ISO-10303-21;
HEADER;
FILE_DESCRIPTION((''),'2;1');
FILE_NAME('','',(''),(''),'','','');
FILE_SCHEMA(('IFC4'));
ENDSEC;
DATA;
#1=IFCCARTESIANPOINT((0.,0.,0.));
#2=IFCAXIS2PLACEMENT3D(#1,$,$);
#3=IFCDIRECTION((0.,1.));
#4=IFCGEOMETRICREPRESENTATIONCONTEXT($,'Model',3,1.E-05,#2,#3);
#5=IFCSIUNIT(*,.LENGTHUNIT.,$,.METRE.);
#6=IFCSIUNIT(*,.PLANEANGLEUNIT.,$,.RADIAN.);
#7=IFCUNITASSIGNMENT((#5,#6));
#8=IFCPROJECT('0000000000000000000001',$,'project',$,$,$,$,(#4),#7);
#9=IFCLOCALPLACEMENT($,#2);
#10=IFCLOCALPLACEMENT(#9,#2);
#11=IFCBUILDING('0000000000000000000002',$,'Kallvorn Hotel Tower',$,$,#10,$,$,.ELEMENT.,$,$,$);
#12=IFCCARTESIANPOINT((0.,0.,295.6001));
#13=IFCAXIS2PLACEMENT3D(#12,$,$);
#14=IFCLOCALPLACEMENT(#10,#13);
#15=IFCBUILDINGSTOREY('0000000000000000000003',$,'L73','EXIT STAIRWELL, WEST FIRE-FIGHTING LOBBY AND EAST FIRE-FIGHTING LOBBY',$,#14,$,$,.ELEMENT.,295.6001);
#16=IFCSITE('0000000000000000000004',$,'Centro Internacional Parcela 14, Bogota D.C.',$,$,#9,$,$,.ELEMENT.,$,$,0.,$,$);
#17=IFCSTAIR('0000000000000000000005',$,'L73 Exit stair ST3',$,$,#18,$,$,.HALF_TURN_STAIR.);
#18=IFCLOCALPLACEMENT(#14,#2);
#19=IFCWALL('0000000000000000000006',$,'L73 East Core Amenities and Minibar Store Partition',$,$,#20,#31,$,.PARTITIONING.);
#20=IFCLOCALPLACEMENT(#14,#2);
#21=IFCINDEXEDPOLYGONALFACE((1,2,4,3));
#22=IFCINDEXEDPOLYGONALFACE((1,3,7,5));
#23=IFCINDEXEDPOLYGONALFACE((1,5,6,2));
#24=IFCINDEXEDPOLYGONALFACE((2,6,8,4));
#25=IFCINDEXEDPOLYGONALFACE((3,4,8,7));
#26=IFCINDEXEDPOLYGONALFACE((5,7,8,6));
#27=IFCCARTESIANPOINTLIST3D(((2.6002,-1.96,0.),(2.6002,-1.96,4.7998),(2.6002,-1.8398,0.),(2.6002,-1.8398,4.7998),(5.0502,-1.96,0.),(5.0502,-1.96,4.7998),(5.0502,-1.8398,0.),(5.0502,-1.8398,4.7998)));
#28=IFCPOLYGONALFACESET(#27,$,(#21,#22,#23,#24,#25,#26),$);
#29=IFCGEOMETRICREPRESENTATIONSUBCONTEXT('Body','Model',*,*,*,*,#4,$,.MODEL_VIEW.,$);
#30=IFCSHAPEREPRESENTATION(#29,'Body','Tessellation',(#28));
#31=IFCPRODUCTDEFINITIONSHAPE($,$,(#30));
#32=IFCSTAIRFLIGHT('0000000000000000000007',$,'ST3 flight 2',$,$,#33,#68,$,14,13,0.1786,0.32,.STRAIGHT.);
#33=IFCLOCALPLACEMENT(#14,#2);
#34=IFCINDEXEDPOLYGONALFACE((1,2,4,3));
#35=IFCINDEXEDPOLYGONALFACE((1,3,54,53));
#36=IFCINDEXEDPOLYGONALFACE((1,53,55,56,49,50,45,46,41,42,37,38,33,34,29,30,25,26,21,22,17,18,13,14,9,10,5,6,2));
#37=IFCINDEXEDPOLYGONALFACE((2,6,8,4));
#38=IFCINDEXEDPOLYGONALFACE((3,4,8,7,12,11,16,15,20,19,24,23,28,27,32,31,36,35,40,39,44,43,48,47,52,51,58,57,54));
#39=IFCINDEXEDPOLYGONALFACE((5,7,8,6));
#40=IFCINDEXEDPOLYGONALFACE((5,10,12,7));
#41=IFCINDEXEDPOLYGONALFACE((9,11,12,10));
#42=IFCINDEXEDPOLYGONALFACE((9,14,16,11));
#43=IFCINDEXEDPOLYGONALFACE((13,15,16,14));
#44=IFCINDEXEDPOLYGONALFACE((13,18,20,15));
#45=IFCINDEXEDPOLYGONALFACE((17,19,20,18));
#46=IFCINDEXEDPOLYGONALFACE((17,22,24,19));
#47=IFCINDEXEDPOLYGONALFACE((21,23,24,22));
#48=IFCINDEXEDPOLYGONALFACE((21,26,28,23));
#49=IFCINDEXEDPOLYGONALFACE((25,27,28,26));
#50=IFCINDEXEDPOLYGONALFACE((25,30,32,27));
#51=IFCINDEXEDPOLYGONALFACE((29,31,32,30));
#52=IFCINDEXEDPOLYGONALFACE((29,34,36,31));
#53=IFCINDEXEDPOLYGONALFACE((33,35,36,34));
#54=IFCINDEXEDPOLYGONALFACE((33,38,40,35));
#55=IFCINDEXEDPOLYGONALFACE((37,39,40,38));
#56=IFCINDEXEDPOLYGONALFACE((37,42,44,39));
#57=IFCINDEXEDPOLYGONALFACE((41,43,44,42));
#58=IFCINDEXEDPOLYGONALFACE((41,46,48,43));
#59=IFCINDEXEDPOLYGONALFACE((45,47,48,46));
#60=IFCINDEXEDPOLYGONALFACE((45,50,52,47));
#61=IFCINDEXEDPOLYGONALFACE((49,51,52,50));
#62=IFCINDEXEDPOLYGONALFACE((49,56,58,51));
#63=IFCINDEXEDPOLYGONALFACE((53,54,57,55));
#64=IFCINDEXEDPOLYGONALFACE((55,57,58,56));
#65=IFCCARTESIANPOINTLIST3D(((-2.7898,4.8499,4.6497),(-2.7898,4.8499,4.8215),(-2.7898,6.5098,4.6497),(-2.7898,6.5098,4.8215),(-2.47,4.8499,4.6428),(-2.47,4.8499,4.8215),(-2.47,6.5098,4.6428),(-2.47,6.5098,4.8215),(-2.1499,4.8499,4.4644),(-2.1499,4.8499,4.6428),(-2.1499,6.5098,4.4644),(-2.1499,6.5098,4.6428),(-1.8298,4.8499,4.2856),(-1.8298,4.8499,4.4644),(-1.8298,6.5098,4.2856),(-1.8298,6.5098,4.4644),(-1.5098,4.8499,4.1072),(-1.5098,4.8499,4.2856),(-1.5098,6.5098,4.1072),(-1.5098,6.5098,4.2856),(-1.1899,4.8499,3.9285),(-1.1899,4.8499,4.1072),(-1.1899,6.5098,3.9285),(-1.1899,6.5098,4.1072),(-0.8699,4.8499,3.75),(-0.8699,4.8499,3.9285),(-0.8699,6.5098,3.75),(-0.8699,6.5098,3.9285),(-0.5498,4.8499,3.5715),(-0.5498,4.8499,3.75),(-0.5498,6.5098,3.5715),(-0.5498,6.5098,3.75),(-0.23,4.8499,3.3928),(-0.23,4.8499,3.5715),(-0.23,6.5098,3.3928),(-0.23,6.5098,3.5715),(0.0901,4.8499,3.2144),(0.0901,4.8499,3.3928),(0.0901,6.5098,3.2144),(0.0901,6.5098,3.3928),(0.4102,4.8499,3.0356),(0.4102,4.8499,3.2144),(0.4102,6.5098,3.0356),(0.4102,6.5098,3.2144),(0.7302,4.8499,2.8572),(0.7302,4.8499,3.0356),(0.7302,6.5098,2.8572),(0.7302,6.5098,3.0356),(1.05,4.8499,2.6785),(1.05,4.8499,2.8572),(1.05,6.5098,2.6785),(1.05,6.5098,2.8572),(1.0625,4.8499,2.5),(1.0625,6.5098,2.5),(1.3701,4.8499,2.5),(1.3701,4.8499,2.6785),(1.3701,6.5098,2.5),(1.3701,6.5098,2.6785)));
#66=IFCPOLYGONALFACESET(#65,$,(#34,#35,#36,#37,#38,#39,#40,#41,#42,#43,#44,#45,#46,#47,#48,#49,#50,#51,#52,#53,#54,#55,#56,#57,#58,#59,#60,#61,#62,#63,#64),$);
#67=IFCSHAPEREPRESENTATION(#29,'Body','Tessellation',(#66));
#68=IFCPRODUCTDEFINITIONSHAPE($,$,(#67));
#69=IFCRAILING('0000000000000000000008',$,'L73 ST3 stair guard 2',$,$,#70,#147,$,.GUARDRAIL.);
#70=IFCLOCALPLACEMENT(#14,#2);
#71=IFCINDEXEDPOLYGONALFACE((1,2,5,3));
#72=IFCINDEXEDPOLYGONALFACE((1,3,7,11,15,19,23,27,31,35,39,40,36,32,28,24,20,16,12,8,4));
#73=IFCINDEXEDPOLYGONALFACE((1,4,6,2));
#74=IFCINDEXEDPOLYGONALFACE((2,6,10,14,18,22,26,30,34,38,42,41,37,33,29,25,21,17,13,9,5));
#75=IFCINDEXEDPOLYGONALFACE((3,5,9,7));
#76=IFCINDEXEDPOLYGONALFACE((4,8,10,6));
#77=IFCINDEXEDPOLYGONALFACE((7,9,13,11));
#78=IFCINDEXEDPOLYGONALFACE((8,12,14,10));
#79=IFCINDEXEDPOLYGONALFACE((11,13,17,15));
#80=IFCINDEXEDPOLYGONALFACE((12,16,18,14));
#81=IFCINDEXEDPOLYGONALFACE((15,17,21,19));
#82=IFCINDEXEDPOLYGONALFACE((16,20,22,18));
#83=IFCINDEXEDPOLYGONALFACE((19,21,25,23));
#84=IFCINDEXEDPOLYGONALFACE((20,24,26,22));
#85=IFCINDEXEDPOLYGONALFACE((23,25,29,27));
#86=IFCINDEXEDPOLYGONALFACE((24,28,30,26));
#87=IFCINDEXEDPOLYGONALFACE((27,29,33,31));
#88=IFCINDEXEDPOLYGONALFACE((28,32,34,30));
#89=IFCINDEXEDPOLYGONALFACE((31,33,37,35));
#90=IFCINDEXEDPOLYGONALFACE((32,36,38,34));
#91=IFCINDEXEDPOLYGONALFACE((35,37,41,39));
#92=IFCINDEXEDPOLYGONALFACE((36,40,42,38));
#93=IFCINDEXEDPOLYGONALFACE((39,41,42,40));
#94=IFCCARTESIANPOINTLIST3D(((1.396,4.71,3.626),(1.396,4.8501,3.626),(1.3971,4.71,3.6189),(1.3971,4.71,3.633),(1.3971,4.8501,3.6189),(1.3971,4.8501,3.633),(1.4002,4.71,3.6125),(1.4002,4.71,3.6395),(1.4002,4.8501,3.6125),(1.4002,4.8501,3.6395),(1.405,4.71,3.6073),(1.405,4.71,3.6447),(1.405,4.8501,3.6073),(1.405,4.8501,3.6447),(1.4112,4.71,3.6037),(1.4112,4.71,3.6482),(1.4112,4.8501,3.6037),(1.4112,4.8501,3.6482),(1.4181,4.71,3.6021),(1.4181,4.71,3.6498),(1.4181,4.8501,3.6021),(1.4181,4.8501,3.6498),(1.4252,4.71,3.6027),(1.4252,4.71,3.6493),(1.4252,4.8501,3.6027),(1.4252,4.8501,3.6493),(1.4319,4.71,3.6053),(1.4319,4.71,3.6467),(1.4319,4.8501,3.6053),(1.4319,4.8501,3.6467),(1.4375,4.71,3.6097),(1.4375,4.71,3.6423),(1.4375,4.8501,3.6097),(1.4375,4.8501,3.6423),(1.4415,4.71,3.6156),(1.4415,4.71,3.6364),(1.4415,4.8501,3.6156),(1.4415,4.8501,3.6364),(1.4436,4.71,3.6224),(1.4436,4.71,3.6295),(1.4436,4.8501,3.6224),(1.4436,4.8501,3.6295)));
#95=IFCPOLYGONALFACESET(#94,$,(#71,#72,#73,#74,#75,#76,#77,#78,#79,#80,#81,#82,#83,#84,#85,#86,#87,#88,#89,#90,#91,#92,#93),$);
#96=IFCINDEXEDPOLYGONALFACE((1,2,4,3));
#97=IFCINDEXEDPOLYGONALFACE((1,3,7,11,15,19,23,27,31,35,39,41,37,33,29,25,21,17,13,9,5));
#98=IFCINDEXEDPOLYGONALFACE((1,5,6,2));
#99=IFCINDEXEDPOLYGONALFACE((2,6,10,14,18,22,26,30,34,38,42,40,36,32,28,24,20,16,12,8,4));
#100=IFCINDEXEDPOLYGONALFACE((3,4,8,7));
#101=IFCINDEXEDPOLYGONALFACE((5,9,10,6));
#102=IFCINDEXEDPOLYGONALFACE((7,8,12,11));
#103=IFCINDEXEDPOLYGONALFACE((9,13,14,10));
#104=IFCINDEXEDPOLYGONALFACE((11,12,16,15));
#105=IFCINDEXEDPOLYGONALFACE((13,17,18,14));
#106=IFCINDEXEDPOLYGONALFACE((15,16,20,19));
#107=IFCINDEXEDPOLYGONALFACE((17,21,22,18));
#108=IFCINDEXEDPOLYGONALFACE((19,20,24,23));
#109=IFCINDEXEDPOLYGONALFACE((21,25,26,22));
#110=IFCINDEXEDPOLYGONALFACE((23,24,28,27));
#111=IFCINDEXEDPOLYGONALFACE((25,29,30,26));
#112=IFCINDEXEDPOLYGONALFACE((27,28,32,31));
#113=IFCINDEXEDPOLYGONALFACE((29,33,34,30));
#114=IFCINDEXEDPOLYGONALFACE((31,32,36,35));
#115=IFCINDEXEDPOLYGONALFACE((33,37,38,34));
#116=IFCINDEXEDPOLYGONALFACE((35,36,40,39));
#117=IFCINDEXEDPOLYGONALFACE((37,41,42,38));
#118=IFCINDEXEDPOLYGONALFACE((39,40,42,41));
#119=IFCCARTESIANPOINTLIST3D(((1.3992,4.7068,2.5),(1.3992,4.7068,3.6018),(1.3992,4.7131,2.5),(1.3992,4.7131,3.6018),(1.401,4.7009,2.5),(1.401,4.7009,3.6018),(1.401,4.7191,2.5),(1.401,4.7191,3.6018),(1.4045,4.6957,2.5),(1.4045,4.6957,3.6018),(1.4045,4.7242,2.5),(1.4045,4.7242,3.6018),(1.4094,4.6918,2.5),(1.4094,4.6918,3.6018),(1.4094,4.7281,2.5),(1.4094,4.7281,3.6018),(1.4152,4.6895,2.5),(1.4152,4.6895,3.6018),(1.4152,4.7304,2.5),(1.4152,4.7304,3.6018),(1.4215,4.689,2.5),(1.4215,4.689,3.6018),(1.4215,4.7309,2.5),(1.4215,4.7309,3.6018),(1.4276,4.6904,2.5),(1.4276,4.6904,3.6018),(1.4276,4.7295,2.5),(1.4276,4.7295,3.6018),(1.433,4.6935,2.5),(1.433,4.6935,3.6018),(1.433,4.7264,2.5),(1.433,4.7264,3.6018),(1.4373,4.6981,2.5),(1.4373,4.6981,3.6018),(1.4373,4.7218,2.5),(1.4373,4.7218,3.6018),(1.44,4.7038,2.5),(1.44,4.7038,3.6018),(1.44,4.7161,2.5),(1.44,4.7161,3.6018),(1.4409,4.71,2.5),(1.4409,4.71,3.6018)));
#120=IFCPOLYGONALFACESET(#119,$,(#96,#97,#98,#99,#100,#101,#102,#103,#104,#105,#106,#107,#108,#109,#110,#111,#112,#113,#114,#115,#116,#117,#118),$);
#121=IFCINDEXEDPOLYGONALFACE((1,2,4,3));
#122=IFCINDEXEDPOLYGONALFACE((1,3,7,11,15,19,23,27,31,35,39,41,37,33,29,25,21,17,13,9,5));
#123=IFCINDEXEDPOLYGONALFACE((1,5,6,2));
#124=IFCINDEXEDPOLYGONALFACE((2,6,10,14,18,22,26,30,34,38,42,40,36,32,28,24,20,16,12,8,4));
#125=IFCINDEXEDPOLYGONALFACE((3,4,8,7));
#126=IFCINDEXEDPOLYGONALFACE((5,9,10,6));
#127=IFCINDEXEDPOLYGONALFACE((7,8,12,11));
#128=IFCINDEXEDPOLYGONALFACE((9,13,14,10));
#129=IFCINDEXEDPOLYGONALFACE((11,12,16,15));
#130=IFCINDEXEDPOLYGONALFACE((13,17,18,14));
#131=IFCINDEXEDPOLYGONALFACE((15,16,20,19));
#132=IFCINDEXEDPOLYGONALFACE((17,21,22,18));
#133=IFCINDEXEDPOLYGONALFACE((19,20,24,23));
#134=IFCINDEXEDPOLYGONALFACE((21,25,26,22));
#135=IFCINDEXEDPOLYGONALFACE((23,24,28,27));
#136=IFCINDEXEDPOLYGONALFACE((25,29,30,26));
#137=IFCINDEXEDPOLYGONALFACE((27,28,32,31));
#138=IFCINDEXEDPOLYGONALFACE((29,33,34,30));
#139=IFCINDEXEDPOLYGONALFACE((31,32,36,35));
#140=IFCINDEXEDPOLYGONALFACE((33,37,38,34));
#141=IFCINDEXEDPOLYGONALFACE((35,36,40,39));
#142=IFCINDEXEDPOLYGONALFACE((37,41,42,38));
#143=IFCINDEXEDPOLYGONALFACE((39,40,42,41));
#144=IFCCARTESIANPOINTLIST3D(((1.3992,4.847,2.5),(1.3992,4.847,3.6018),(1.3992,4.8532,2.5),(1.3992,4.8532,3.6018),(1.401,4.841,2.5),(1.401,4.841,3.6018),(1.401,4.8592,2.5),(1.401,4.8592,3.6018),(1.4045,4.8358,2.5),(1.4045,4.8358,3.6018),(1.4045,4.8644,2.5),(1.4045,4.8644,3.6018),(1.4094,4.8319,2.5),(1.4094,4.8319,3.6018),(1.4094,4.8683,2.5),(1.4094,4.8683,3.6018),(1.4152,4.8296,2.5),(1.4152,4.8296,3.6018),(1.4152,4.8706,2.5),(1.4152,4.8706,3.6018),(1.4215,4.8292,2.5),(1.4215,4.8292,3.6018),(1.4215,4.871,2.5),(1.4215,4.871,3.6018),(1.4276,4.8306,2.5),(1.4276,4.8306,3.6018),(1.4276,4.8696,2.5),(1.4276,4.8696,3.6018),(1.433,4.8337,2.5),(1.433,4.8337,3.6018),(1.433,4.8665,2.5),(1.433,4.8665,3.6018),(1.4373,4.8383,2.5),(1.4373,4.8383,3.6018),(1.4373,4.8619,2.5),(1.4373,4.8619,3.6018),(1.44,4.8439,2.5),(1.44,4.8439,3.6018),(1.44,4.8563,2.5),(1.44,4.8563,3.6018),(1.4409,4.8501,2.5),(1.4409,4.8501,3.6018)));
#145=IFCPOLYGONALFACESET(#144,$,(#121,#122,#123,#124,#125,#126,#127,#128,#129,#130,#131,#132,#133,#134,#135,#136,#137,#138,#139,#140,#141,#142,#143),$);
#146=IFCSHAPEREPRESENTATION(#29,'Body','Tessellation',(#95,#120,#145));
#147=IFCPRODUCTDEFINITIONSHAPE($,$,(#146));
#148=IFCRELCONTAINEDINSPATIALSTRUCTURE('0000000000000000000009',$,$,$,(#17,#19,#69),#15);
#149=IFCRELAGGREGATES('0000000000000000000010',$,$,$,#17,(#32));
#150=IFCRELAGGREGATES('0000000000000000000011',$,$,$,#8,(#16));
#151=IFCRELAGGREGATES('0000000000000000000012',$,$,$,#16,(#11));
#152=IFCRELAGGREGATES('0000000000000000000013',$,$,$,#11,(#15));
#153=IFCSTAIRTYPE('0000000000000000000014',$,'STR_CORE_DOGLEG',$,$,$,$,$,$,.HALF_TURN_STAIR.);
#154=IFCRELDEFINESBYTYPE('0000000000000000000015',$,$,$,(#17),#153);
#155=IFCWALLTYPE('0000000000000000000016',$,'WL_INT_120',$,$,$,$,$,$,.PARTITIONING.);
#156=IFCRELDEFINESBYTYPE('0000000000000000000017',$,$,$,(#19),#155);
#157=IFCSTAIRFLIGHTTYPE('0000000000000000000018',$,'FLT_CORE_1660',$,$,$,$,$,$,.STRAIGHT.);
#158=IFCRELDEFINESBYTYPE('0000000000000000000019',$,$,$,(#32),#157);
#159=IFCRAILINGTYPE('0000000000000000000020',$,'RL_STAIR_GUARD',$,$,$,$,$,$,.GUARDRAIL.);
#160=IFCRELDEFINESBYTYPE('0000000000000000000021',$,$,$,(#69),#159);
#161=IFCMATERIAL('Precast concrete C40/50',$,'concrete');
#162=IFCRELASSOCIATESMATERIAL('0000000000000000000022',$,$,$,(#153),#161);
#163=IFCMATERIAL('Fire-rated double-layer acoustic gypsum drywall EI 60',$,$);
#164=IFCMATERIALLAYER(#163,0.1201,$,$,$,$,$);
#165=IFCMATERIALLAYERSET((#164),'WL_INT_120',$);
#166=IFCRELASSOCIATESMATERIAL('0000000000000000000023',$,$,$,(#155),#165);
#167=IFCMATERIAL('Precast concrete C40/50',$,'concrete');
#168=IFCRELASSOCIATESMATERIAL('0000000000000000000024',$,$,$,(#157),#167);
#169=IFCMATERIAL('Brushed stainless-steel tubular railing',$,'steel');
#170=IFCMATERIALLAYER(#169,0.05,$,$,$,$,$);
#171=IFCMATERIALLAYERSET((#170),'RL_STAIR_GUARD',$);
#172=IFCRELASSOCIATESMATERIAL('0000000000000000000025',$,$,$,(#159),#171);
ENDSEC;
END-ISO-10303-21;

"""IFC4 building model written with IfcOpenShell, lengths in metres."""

from ifc_helpers import new_model, si_unit, direction, frame, frame_2d, origin, origin_2d, place, context, subcontext, project, spatial, polyline, rectangle, circle, outline, extrude, material, layer, layer_set, type_object, element, aggregate, save


model = new_model("IFC4")

# Units and contexts
model_context = context("Model", 3, precision=1e-05, world=origin(), true_north=direction((0.0, 1.0)))
body_context = subcontext(model_context, "Body", "Model", "MODEL_VIEW")
ifc_project = project(units=[si_unit("LENGTHUNIT", "METRE"), si_unit("PLANEANGLEUNIT", "RADIAN")], contexts=[model_context])

# Site, building, storey
site_placement = place(None, origin())
site = spatial("IfcSite", under=ifc_project, at=site_placement, Name="Centro Internacional Parcela 14, Bogota D.C.", CompositionType="ELEMENT", RefElevation=0.0)
building_placement = place(site_placement, origin())
building = spatial("IfcBuilding", under=site, at=building_placement, Name="Kallvorn Hotel Tower", CompositionType="ELEMENT")
storey_placement = place(building_placement, frame((0.0, 0.0, 295.6001)))
storey = spatial("IfcBuildingStorey", under=building, at=storey_placement, Name="L73", Description="EXIT STAIRWELL, WEST FIRE-FIGHTING LOBBY AND EAST FIRE-FIGHTING LOBBY", CompositionType="ELEMENT", Elevation=295.6001)

# Stair
ifc_material_1 = material(Name="Precast concrete C40/50", Category="concrete")
stair_type = type_object("IfcStairType", Name="STR_CORE_DOGLEG", PredefinedType="HALF_TURN_STAIR", material=ifc_material_1)
stair_1_placement = place(storey_placement, origin())
stair_1 = element("IfcStair", 1, at=stair_1_placement, inside=storey, type_object=stair_type, Name="L73 Exit stair ST3", PredefinedType="HALF_TURN_STAIR")

# Wall
ifc_material_2 = material(Name="Fire-rated double-layer acoustic gypsum drywall EI 60")
ifc_layer_1 = layer(ifc_material_2, 0.1201)
ifc_layer_set_1 = layer_set([ifc_layer_1], Name="WL_INT_120")
wall_type_1 = type_object("IfcWallType", Name="WL_INT_120", PredefinedType="PARTITIONING", material=ifc_layer_set_1)
wall_1_placement = place(storey_placement, frame((2.6001, -1.8999, 0.0), z_axis=(0.0, 0.0, 1.0), x_axis=(1.0, 0.0, 0.0)))
element("IfcWall", 2, at=wall_1_placement, inside=storey, type_object=wall_type_1, Name="L73 East Core Amenities and Minibar Store Partition", PredefinedType="PARTITIONING", context=body_context, shape_type="SweptSolid", body=[
    extrude(rectangle(XDim=2.45, YDim=0.1201, at=frame_2d((1.2251, 0.0))), origin(), (0.0, 0.0, 1.0), 4.7998),
])

# Stair flight
ifc_material_3 = material(Name="Precast concrete C40/50", Category="concrete")
stair_flight_type = type_object("IfcStairFlightType", Name="FLT_CORE_1660", PredefinedType="STRAIGHT", material=ifc_material_3)
stair_flight_placement = place(storey_placement, frame((1.3701, 5.6799, 2.5), z_axis=(0.0, 0.0, 1.0), x_axis=(-1.0, 0.0, 0.0)))
stair_flight = element("IfcStairFlight", 3, at=stair_flight_placement, type_object=stair_flight_type, Name="ST3 flight 2", NumberOfRisers=14, NumberOfTreads=13, PredefinedType="STRAIGHT", RiserHeight=0.1786, TreadLength=0.32, context=body_context, shape_type="SweptSolid", body=[
    extrude(outline(polyline([(0.0, 0.0), (0.0, 0.1785), (0.3201, 0.1785), (0.3201, 0.3572), (0.6399, 0.3572), (0.6399, 0.5356), (0.96, 0.5356), (0.96, 0.7144), (1.28, 0.7144), (1.28, 0.8928), (1.6001, 0.8928), (1.6001, 1.0715), (1.9199, 1.0715), (1.9199, 1.25), (2.24, 1.25), (2.24, 1.4285), (2.5601, 1.4285), (2.5601, 1.6072), (2.8799, 1.6072), (2.8799, 1.7856), (3.2, 1.7856), (3.2, 1.9644), (3.52, 1.9644), (3.52, 2.1428), (3.8401, 2.1428), (3.8401, 2.3215), (4.1599, 2.3215), (4.1599, 2.5), (4.1599, 2.1497), (0.3076, 0.0), (0.0, 0.0)])), frame((0.0, 0.8301, 0.0), z_axis=(0.0, -1.0, 0.0), x_axis=(1.0, 0.0, 0.0)), (0.0, 0.0, 1.0), 1.6599),
])
aggregate(stair_1, [stair_flight])

# Railing
ifc_material_4 = material(Name="Brushed stainless-steel tubular railing", Category="steel")
ifc_layer_2 = layer(ifc_material_4, 0.05)
ifc_layer_set_2 = layer_set([ifc_layer_2], Name="RL_STAIR_GUARD")
railing_type = type_object("IfcRailingType", Name="RL_STAIR_GUARD", PredefinedType="GUARDRAIL", material=ifc_layer_set_2)
railing_1_placement = place(storey_placement, frame((1.4199, 4.71, 2.5)))
element("IfcRailing", 4, at=railing_1_placement, inside=storey, type_object=railing_type, Name="L73 ST3 stair guard 2", PredefinedType="GUARDRAIL", context=body_context, shape_type="SweptSolid", body=[
    extrude(circle(Radius=0.0239, at=origin_2d()), frame((0.0, 0.0, 1.126), z_axis=(0.0, 1.0, 0.0), x_axis=(-1.0, 0.0, 0.0)), (0.0, 0.0, 1.0), 0.1401),
    extrude(circle(Radius=0.021, at=origin_2d()), origin(), (0.0, 0.0, 1.0), 1.1018),
    extrude(circle(Radius=0.021, at=origin_2d()), frame((0.0, 0.1401, 0.0)), (0.0, 0.0, 1.0), 1.1018),
])

save(model, "model.ifc")
